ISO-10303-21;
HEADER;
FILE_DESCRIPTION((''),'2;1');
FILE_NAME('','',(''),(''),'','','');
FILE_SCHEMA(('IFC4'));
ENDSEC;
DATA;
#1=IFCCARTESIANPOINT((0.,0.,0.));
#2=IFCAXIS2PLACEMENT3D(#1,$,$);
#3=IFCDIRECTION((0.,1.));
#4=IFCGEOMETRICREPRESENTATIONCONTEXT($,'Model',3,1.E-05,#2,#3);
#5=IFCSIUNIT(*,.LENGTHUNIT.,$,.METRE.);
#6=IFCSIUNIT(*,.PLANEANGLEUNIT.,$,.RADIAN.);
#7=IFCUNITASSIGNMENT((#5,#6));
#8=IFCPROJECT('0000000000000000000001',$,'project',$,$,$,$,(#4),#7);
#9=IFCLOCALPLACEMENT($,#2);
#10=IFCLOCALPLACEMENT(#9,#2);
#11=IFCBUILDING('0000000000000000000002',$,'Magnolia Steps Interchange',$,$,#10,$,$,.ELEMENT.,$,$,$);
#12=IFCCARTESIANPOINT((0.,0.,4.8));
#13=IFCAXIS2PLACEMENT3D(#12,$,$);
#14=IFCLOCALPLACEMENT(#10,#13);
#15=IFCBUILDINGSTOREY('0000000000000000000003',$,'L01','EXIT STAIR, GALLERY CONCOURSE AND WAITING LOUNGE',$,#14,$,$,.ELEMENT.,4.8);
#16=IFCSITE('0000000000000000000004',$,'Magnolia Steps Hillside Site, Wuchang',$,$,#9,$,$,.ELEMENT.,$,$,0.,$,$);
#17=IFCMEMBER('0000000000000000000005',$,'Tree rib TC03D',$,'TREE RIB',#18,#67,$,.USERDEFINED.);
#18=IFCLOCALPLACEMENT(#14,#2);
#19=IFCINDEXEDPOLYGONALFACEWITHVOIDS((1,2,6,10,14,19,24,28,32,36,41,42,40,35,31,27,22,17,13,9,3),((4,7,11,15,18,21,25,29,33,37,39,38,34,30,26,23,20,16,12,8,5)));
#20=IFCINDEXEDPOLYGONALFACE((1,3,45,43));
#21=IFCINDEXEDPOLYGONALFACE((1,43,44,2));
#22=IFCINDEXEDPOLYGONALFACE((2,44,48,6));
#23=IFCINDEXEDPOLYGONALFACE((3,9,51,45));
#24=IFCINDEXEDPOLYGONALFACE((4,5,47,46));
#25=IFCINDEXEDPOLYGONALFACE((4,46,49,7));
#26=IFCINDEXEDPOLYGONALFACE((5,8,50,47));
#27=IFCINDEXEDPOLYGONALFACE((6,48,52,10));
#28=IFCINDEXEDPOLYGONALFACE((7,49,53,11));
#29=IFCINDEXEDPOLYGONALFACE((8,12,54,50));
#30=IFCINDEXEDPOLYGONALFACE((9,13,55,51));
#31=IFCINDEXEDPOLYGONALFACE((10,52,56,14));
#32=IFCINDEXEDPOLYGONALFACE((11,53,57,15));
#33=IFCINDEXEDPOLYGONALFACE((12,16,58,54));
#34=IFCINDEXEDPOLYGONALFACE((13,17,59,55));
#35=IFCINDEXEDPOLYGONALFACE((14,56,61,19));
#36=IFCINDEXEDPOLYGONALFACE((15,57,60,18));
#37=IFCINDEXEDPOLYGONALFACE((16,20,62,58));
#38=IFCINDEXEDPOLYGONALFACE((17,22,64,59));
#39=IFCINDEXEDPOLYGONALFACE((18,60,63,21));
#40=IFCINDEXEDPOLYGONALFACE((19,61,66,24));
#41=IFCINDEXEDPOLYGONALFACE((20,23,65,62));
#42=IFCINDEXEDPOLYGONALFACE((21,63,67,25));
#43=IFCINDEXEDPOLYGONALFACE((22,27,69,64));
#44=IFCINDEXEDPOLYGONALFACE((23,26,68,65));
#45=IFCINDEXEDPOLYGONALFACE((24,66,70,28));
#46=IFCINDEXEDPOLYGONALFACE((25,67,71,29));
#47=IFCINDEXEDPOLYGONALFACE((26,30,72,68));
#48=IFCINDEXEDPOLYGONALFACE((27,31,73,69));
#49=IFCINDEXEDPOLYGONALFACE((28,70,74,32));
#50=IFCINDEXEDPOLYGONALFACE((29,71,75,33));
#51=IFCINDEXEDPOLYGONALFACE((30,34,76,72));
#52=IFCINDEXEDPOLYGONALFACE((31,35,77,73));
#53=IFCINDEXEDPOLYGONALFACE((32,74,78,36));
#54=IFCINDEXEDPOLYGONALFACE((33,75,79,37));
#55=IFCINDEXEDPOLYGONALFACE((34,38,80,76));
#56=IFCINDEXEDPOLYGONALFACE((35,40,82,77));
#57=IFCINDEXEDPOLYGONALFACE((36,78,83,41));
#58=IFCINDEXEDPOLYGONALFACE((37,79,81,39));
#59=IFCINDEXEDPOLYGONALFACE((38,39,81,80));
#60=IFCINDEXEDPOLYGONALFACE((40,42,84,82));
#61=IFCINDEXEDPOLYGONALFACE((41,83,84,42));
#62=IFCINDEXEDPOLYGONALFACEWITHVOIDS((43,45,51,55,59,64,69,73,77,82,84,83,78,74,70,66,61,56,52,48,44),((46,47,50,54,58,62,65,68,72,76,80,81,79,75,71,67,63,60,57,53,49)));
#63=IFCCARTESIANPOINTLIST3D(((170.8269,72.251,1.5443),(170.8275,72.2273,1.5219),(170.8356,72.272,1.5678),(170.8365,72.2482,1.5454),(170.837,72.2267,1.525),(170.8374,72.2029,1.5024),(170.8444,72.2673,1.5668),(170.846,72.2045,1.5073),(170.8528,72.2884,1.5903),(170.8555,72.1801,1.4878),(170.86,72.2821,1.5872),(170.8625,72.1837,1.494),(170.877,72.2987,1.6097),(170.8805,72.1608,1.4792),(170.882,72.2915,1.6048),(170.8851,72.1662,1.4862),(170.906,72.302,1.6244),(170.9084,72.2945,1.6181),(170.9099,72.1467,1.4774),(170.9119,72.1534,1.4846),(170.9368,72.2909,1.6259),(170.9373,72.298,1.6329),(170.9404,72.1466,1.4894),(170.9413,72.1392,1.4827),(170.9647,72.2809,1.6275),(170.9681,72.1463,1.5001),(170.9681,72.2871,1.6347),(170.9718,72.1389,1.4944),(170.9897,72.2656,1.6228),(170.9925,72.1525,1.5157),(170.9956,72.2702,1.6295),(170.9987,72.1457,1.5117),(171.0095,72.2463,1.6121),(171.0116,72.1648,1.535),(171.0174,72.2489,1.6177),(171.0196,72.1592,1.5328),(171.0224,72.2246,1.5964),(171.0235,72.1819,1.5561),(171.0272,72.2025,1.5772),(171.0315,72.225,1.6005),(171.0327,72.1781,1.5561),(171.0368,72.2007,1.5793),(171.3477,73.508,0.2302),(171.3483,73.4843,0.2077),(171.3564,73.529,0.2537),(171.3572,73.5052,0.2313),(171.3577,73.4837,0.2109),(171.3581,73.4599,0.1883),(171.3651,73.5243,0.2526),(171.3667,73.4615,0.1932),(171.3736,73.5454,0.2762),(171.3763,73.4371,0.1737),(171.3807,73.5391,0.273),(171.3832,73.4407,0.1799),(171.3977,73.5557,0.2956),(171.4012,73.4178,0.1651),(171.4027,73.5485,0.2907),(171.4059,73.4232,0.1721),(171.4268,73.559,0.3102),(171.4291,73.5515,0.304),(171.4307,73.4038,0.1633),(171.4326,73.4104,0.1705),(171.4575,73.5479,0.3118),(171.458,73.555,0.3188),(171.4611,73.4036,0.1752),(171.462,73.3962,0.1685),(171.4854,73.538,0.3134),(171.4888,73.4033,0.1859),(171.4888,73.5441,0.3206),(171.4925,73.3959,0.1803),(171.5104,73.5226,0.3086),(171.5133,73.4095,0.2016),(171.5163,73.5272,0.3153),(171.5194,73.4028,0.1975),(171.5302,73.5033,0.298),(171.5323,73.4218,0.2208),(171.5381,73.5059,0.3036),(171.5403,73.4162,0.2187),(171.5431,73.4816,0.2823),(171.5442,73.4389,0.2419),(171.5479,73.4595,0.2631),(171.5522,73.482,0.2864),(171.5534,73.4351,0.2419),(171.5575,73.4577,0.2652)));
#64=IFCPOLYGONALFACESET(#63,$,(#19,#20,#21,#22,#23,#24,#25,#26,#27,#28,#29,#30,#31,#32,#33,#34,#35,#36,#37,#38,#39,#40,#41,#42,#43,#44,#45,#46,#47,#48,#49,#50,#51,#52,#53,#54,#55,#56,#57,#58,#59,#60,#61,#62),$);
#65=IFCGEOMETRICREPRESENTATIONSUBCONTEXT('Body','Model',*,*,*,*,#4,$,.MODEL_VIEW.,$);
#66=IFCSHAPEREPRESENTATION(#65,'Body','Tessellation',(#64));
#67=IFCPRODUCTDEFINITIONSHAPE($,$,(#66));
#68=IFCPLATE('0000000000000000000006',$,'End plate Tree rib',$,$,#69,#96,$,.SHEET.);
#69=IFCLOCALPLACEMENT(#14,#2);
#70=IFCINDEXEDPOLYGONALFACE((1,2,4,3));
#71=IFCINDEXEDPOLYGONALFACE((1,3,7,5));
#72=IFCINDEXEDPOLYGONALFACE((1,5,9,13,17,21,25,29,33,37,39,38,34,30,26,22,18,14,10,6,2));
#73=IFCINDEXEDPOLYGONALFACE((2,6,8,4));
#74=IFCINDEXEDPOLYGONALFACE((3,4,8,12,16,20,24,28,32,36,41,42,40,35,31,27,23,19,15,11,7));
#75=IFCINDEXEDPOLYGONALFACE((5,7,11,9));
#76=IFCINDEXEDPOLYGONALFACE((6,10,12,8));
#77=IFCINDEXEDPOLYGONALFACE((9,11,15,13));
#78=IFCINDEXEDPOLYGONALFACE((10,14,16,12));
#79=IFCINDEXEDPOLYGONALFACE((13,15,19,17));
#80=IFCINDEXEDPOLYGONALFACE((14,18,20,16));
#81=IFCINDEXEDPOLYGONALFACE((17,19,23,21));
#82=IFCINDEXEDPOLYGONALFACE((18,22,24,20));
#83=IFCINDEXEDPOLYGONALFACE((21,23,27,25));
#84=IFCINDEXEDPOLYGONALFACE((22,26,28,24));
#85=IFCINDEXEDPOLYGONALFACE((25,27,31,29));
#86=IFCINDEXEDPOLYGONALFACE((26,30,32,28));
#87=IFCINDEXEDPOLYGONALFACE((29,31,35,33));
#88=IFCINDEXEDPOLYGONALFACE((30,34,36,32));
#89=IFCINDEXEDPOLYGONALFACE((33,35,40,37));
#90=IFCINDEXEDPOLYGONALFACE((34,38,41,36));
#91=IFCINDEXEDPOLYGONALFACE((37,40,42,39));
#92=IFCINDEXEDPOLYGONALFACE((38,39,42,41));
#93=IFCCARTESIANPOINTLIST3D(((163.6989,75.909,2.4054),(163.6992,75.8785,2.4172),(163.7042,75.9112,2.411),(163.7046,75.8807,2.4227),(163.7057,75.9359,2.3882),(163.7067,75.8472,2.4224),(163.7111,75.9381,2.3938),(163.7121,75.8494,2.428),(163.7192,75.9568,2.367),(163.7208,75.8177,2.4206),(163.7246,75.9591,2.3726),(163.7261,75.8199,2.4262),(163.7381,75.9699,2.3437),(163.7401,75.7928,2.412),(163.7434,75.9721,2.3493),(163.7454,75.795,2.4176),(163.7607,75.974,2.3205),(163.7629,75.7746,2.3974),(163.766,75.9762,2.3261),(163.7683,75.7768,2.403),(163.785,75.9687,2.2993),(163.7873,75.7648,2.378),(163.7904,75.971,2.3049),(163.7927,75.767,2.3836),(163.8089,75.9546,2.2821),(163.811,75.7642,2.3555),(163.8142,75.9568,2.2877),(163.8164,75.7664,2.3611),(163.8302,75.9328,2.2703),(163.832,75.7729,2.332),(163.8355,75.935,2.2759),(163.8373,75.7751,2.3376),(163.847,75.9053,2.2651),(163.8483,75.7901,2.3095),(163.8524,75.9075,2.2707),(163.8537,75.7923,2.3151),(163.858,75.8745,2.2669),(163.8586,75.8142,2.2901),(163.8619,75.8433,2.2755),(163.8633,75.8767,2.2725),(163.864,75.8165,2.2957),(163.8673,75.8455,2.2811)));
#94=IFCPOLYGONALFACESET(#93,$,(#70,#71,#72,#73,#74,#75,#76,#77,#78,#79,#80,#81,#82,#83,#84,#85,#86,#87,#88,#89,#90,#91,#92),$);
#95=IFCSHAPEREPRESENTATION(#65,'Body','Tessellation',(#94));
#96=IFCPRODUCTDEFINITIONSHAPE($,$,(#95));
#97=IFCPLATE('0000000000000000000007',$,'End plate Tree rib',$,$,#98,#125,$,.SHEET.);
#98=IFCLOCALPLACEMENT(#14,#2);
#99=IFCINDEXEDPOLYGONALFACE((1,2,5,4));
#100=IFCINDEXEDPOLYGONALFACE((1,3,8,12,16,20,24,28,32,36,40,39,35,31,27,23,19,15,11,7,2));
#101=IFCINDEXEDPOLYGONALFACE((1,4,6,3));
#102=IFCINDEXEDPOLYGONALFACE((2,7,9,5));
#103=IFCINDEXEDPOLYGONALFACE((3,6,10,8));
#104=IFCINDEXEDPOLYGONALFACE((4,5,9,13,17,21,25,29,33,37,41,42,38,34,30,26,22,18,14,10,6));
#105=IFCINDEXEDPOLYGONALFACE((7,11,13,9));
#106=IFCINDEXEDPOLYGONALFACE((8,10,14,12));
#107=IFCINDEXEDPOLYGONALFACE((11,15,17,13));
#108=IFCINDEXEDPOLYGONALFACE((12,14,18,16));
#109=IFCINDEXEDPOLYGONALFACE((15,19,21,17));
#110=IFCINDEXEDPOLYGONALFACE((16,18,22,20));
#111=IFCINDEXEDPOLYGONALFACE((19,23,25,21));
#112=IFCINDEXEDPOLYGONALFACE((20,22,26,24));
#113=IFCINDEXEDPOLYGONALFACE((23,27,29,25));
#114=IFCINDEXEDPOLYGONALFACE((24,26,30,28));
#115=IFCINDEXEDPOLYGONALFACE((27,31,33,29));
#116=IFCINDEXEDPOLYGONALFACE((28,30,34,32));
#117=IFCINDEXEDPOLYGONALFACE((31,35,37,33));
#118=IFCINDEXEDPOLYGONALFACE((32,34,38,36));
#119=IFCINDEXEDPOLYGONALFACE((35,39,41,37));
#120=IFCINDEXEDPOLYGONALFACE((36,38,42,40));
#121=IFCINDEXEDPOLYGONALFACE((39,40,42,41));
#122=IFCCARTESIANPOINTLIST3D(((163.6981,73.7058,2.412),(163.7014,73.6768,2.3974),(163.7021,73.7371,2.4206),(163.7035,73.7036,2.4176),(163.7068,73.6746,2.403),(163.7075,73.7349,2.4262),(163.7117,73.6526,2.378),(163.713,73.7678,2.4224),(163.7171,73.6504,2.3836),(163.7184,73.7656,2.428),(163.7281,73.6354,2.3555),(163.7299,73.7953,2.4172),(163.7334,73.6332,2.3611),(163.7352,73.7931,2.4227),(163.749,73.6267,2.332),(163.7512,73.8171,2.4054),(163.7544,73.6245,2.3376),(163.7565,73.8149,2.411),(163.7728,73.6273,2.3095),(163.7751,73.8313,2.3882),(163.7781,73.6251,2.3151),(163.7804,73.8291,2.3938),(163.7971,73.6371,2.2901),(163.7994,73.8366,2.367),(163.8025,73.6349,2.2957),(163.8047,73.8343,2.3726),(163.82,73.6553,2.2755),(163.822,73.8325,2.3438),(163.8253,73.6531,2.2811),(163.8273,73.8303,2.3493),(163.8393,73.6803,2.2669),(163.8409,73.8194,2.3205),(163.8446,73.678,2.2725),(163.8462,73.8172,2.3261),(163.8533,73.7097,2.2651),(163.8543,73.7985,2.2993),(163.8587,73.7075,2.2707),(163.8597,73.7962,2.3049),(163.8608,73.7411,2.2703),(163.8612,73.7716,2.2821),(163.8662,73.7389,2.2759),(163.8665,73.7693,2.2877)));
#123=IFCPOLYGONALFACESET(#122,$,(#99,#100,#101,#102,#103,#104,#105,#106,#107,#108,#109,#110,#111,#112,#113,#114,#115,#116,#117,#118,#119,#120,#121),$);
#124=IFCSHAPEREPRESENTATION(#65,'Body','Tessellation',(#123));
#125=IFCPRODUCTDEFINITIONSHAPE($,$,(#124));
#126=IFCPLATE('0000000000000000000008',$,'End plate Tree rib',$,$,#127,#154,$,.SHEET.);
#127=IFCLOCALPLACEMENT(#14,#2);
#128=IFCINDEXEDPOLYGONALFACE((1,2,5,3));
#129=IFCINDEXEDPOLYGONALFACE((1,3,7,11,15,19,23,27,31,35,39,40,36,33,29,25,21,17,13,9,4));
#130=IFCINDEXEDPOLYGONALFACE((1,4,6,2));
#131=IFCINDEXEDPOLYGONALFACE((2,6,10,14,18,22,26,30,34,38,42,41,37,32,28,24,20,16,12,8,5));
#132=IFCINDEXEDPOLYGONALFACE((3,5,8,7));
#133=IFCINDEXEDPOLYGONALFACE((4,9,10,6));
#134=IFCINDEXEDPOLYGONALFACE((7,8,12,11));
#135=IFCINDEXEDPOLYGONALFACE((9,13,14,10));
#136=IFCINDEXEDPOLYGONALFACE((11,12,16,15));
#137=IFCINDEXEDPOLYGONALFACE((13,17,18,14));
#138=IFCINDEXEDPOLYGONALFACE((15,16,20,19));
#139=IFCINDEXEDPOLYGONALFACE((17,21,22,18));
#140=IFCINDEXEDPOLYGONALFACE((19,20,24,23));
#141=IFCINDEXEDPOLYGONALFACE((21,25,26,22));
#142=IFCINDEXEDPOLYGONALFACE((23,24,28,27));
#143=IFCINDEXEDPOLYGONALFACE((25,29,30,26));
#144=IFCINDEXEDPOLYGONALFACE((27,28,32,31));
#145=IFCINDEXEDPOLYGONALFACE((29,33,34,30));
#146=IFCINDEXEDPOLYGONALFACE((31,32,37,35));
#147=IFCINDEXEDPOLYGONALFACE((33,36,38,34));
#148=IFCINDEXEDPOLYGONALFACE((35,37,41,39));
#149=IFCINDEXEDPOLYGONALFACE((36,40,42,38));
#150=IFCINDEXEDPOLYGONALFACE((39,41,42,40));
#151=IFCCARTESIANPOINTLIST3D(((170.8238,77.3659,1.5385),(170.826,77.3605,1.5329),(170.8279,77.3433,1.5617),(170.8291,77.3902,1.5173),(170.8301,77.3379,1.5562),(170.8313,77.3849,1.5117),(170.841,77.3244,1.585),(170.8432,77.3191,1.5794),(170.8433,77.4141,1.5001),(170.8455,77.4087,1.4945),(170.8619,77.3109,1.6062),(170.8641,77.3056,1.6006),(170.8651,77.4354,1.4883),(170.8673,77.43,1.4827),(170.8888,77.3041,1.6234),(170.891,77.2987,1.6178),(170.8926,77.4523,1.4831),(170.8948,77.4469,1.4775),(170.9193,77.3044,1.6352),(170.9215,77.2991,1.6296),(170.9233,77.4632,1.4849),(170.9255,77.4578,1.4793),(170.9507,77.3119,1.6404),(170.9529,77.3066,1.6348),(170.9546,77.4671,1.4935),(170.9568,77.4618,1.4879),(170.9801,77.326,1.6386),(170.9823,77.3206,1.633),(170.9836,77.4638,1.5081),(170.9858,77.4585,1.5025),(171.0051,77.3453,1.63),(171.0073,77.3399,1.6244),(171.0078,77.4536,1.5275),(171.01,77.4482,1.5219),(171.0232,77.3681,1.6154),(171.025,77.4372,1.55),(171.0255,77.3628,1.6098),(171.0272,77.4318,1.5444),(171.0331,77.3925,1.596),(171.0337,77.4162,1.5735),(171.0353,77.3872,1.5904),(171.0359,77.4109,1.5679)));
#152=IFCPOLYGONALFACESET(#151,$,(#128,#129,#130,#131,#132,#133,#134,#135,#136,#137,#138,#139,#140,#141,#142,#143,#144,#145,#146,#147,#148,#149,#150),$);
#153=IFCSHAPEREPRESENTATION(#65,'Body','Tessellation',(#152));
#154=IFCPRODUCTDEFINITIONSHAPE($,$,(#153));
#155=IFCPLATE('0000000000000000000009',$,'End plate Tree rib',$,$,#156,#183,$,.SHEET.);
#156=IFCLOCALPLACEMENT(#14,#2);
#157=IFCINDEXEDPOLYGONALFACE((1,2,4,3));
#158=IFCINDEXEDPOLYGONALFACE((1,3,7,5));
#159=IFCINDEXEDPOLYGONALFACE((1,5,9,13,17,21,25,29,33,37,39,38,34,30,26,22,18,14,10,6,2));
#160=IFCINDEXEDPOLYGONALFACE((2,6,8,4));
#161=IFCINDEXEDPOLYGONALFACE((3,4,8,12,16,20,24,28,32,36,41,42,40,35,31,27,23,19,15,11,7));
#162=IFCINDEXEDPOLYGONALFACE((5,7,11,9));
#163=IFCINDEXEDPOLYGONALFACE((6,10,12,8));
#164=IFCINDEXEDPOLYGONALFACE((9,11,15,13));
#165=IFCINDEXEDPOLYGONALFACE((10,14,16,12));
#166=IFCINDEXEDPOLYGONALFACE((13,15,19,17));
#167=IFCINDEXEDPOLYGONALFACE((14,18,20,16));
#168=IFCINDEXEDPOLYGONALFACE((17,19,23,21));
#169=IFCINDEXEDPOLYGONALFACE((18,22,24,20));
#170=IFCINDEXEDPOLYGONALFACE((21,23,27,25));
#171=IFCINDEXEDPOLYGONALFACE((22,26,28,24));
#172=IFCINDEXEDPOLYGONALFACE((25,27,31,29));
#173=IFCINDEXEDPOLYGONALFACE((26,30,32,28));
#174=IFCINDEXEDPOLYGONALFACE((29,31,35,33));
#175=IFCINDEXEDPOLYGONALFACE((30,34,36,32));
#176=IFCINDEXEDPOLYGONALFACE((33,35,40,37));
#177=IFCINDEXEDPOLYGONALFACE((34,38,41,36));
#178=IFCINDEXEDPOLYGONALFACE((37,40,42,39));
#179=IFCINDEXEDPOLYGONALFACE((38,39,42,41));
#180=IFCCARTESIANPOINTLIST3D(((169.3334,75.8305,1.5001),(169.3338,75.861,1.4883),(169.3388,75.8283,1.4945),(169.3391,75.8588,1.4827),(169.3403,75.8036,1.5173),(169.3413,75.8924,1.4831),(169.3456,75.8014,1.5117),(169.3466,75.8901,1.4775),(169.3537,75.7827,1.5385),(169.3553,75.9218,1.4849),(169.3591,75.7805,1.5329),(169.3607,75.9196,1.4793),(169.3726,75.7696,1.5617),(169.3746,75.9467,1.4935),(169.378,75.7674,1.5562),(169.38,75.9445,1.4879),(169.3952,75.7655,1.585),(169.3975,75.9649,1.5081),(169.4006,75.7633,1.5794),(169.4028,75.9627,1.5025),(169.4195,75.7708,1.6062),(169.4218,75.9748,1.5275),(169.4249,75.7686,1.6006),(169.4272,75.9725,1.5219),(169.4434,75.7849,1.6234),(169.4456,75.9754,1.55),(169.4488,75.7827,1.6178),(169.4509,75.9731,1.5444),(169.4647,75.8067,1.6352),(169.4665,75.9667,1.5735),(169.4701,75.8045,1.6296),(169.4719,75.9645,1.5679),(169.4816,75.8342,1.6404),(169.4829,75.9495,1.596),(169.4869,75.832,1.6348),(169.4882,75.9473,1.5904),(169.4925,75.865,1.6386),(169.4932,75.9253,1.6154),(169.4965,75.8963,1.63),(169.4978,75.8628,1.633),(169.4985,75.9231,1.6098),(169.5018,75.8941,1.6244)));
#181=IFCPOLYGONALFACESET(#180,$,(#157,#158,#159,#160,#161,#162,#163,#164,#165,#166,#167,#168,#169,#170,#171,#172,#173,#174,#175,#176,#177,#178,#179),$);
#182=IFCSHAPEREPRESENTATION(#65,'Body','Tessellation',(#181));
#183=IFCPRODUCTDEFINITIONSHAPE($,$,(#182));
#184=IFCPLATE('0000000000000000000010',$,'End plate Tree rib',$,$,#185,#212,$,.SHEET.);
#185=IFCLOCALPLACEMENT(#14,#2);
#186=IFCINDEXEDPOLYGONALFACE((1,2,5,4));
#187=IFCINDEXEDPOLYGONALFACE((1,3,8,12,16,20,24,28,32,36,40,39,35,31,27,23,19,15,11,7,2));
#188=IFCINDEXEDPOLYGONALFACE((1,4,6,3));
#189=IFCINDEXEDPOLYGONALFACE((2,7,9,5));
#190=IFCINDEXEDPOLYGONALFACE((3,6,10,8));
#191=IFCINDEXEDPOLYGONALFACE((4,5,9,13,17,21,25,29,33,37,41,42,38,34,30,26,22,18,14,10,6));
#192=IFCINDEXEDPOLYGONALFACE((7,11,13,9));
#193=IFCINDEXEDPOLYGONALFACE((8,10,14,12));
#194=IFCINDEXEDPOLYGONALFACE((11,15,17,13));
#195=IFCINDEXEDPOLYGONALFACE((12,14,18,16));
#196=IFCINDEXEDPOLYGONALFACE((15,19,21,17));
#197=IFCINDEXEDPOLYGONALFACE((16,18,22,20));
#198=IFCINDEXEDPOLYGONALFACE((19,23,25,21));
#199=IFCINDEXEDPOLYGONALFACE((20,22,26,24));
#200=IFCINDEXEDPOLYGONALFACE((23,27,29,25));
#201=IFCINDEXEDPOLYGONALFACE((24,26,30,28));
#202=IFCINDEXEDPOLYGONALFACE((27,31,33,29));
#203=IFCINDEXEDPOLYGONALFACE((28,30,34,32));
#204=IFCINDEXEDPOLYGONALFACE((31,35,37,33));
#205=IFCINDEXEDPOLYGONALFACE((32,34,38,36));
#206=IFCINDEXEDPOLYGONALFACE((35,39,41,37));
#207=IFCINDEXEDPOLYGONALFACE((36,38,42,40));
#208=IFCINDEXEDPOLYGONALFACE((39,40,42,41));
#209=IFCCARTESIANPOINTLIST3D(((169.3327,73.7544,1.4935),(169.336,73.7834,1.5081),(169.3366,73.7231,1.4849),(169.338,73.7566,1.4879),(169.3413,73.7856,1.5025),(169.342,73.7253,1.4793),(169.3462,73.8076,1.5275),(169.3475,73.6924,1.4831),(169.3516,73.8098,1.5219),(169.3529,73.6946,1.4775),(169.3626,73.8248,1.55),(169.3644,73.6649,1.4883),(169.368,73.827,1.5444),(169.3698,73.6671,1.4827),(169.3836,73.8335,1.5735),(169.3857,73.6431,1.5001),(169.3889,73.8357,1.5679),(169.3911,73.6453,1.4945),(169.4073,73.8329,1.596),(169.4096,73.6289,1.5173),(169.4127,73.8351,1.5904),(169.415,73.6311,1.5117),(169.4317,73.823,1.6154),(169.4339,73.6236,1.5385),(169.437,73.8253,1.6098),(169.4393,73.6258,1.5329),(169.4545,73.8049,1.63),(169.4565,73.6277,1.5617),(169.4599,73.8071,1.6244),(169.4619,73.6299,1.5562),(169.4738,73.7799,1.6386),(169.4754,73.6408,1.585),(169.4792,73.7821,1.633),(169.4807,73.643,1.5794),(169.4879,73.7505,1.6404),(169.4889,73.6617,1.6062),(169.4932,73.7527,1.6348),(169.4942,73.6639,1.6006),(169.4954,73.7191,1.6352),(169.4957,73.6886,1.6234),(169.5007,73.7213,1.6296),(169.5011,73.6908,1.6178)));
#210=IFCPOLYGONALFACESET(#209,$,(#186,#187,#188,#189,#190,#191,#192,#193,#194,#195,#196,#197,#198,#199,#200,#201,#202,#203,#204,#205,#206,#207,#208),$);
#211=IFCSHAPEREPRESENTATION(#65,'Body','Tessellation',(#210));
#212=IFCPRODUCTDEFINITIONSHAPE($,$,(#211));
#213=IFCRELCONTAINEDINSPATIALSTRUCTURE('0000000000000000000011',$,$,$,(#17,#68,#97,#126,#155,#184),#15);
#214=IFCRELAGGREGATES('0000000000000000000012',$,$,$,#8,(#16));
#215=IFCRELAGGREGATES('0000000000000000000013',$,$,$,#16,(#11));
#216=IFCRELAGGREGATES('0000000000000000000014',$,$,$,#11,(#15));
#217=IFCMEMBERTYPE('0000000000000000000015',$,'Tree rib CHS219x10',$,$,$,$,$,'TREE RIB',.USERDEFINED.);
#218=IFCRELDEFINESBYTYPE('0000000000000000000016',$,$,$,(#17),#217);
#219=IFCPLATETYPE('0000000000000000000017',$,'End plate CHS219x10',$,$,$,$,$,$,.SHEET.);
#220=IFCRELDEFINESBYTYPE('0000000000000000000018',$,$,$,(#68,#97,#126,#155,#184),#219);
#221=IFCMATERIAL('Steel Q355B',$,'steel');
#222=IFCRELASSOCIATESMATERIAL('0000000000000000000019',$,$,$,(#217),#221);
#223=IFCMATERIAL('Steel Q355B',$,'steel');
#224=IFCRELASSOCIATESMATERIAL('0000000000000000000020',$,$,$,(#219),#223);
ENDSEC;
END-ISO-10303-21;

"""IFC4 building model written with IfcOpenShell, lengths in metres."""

from ifc_helpers import new_model, si_unit, direction, frame, origin, origin_2d, place, context, subcontext, project, spatial, circle, hollow_circle, extrude, material, material_profile, profile_set, type_object, element, save


model = new_model("IFC4")

# Units and contexts
model_context = context("Model", 3, precision=1e-05, world=origin(), true_north=direction((0.0, 1.0)))
body_context = subcontext(model_context, "Body", "Model", "MODEL_VIEW")
ifc_project = project(units=[si_unit("LENGTHUNIT", "METRE"), si_unit("PLANEANGLEUNIT", "RADIAN")], contexts=[model_context])

# Site, building, storey
site_placement = place(None, origin())
site = spatial("IfcSite", under=ifc_project, at=site_placement, Name="Magnolia Steps Hillside Site, Wuchang", CompositionType="ELEMENT", RefElevation=0.0)
building_placement = place(site_placement, origin())
building = spatial("IfcBuilding", under=site, at=building_placement, Name="Magnolia Steps Interchange", CompositionType="ELEMENT")
storey_placement = place(building_placement, frame((0.0, 0.0, 4.8)))
storey = spatial("IfcBuildingStorey", under=building, at=storey_placement, Name="L01", Description="EXIT STAIR, GALLERY CONCOURSE AND WAITING LOUNGE", CompositionType="ELEMENT", Elevation=4.8)

# Member
ifc_material_1 = material(Name="Steel Q355B", Category="steel")
ifc_material_profile_1 = material_profile(ifc_material_1, hollow_circle(Radius=0.1096, WallThickness=0.01, at=origin_2d()), Name="CHS219x10")
ifc_profile_set_1 = profile_set([ifc_material_profile_1], Name="Steel Q355B")
member_type = type_object("IfcMemberType", Name="Tree rib CHS219x10", ElementType="TREE RIB", PredefinedType="USERDEFINED", material=ifc_profile_set_1)
member_1_placement = place(storey_placement, frame((171.4521, 73.4771, 0.2419), z_axis=(-0.275281, -0.664519, 0.694719), x_axis=(0.923866, -0.382716, 0.0)))
element("IfcMember", 1, at=member_1_placement, inside=storey, type_object=member_type, Name="Tree rib TC03D", ObjectType="TREE RIB", PredefinedType="USERDEFINED", context=body_context, shape_type="SweptSolid", body=[
    extrude(hollow_circle(Radius=0.1096, WallThickness=0.01, at=origin_2d()), origin(), (0.0, 0.0, 1.0), 1.8916),
])

# Plates
ifc_material_2 = material(Name="Steel Q355B", Category="steel")
ifc_material_profile_2 = material_profile(ifc_material_2, circle(Radius=0.1096, at=origin_2d()), Name="End plate CHS219x10")
ifc_profile_set_2 = profile_set([ifc_material_profile_2], Name="Steel Q355B")
plate_type_1 = type_object("IfcPlateType", Name="End plate CHS219x10", PredefinedType="SHEET", material=ifc_profile_set_2)
for number, where, z_axis, x_axis, name in (
    (2, (163.78, 75.8687, 2.3438), (0.664583, 0.275279, 0.694658), (-0.382683, 0.92388, 0.0), "End plate Tree rib"),
    (3, (163.78, 73.7312, 2.3438), (0.664583, -0.275279, 0.694658), (0.382683, 0.92388, 0.0), "End plate Tree rib"),
    (4, (170.9314, 77.3799, 1.5562), (-0.275279, 0.664583, 0.694658), (-0.92388, -0.382683, 0.0), "End plate Tree rib"),
    (5, (169.4199, 75.8687, 1.5562), (-0.664583, 0.275279, 0.694658), (-0.382683, -0.92388, 0.0), "End plate Tree rib"),
    (6, (169.4199, 73.7312, 1.5562), (-0.664583, -0.275279, 0.694658), (0.382683, -0.92388, 0.0), "End plate Tree rib"),
):
    element("IfcPlate", number, at=place(storey_placement, frame(where, z_axis=z_axis, x_axis=x_axis)), inside=storey, type_object=plate_type_1, Name=name, PredefinedType="SHEET", context=body_context, shape_type="SweptSolid", body=[
        extrude(circle(Radius=0.1096, at=origin_2d()), origin(), (0.0, 0.0, 1.0), 0.0081),
    ])

save(model, "model.ifc")
